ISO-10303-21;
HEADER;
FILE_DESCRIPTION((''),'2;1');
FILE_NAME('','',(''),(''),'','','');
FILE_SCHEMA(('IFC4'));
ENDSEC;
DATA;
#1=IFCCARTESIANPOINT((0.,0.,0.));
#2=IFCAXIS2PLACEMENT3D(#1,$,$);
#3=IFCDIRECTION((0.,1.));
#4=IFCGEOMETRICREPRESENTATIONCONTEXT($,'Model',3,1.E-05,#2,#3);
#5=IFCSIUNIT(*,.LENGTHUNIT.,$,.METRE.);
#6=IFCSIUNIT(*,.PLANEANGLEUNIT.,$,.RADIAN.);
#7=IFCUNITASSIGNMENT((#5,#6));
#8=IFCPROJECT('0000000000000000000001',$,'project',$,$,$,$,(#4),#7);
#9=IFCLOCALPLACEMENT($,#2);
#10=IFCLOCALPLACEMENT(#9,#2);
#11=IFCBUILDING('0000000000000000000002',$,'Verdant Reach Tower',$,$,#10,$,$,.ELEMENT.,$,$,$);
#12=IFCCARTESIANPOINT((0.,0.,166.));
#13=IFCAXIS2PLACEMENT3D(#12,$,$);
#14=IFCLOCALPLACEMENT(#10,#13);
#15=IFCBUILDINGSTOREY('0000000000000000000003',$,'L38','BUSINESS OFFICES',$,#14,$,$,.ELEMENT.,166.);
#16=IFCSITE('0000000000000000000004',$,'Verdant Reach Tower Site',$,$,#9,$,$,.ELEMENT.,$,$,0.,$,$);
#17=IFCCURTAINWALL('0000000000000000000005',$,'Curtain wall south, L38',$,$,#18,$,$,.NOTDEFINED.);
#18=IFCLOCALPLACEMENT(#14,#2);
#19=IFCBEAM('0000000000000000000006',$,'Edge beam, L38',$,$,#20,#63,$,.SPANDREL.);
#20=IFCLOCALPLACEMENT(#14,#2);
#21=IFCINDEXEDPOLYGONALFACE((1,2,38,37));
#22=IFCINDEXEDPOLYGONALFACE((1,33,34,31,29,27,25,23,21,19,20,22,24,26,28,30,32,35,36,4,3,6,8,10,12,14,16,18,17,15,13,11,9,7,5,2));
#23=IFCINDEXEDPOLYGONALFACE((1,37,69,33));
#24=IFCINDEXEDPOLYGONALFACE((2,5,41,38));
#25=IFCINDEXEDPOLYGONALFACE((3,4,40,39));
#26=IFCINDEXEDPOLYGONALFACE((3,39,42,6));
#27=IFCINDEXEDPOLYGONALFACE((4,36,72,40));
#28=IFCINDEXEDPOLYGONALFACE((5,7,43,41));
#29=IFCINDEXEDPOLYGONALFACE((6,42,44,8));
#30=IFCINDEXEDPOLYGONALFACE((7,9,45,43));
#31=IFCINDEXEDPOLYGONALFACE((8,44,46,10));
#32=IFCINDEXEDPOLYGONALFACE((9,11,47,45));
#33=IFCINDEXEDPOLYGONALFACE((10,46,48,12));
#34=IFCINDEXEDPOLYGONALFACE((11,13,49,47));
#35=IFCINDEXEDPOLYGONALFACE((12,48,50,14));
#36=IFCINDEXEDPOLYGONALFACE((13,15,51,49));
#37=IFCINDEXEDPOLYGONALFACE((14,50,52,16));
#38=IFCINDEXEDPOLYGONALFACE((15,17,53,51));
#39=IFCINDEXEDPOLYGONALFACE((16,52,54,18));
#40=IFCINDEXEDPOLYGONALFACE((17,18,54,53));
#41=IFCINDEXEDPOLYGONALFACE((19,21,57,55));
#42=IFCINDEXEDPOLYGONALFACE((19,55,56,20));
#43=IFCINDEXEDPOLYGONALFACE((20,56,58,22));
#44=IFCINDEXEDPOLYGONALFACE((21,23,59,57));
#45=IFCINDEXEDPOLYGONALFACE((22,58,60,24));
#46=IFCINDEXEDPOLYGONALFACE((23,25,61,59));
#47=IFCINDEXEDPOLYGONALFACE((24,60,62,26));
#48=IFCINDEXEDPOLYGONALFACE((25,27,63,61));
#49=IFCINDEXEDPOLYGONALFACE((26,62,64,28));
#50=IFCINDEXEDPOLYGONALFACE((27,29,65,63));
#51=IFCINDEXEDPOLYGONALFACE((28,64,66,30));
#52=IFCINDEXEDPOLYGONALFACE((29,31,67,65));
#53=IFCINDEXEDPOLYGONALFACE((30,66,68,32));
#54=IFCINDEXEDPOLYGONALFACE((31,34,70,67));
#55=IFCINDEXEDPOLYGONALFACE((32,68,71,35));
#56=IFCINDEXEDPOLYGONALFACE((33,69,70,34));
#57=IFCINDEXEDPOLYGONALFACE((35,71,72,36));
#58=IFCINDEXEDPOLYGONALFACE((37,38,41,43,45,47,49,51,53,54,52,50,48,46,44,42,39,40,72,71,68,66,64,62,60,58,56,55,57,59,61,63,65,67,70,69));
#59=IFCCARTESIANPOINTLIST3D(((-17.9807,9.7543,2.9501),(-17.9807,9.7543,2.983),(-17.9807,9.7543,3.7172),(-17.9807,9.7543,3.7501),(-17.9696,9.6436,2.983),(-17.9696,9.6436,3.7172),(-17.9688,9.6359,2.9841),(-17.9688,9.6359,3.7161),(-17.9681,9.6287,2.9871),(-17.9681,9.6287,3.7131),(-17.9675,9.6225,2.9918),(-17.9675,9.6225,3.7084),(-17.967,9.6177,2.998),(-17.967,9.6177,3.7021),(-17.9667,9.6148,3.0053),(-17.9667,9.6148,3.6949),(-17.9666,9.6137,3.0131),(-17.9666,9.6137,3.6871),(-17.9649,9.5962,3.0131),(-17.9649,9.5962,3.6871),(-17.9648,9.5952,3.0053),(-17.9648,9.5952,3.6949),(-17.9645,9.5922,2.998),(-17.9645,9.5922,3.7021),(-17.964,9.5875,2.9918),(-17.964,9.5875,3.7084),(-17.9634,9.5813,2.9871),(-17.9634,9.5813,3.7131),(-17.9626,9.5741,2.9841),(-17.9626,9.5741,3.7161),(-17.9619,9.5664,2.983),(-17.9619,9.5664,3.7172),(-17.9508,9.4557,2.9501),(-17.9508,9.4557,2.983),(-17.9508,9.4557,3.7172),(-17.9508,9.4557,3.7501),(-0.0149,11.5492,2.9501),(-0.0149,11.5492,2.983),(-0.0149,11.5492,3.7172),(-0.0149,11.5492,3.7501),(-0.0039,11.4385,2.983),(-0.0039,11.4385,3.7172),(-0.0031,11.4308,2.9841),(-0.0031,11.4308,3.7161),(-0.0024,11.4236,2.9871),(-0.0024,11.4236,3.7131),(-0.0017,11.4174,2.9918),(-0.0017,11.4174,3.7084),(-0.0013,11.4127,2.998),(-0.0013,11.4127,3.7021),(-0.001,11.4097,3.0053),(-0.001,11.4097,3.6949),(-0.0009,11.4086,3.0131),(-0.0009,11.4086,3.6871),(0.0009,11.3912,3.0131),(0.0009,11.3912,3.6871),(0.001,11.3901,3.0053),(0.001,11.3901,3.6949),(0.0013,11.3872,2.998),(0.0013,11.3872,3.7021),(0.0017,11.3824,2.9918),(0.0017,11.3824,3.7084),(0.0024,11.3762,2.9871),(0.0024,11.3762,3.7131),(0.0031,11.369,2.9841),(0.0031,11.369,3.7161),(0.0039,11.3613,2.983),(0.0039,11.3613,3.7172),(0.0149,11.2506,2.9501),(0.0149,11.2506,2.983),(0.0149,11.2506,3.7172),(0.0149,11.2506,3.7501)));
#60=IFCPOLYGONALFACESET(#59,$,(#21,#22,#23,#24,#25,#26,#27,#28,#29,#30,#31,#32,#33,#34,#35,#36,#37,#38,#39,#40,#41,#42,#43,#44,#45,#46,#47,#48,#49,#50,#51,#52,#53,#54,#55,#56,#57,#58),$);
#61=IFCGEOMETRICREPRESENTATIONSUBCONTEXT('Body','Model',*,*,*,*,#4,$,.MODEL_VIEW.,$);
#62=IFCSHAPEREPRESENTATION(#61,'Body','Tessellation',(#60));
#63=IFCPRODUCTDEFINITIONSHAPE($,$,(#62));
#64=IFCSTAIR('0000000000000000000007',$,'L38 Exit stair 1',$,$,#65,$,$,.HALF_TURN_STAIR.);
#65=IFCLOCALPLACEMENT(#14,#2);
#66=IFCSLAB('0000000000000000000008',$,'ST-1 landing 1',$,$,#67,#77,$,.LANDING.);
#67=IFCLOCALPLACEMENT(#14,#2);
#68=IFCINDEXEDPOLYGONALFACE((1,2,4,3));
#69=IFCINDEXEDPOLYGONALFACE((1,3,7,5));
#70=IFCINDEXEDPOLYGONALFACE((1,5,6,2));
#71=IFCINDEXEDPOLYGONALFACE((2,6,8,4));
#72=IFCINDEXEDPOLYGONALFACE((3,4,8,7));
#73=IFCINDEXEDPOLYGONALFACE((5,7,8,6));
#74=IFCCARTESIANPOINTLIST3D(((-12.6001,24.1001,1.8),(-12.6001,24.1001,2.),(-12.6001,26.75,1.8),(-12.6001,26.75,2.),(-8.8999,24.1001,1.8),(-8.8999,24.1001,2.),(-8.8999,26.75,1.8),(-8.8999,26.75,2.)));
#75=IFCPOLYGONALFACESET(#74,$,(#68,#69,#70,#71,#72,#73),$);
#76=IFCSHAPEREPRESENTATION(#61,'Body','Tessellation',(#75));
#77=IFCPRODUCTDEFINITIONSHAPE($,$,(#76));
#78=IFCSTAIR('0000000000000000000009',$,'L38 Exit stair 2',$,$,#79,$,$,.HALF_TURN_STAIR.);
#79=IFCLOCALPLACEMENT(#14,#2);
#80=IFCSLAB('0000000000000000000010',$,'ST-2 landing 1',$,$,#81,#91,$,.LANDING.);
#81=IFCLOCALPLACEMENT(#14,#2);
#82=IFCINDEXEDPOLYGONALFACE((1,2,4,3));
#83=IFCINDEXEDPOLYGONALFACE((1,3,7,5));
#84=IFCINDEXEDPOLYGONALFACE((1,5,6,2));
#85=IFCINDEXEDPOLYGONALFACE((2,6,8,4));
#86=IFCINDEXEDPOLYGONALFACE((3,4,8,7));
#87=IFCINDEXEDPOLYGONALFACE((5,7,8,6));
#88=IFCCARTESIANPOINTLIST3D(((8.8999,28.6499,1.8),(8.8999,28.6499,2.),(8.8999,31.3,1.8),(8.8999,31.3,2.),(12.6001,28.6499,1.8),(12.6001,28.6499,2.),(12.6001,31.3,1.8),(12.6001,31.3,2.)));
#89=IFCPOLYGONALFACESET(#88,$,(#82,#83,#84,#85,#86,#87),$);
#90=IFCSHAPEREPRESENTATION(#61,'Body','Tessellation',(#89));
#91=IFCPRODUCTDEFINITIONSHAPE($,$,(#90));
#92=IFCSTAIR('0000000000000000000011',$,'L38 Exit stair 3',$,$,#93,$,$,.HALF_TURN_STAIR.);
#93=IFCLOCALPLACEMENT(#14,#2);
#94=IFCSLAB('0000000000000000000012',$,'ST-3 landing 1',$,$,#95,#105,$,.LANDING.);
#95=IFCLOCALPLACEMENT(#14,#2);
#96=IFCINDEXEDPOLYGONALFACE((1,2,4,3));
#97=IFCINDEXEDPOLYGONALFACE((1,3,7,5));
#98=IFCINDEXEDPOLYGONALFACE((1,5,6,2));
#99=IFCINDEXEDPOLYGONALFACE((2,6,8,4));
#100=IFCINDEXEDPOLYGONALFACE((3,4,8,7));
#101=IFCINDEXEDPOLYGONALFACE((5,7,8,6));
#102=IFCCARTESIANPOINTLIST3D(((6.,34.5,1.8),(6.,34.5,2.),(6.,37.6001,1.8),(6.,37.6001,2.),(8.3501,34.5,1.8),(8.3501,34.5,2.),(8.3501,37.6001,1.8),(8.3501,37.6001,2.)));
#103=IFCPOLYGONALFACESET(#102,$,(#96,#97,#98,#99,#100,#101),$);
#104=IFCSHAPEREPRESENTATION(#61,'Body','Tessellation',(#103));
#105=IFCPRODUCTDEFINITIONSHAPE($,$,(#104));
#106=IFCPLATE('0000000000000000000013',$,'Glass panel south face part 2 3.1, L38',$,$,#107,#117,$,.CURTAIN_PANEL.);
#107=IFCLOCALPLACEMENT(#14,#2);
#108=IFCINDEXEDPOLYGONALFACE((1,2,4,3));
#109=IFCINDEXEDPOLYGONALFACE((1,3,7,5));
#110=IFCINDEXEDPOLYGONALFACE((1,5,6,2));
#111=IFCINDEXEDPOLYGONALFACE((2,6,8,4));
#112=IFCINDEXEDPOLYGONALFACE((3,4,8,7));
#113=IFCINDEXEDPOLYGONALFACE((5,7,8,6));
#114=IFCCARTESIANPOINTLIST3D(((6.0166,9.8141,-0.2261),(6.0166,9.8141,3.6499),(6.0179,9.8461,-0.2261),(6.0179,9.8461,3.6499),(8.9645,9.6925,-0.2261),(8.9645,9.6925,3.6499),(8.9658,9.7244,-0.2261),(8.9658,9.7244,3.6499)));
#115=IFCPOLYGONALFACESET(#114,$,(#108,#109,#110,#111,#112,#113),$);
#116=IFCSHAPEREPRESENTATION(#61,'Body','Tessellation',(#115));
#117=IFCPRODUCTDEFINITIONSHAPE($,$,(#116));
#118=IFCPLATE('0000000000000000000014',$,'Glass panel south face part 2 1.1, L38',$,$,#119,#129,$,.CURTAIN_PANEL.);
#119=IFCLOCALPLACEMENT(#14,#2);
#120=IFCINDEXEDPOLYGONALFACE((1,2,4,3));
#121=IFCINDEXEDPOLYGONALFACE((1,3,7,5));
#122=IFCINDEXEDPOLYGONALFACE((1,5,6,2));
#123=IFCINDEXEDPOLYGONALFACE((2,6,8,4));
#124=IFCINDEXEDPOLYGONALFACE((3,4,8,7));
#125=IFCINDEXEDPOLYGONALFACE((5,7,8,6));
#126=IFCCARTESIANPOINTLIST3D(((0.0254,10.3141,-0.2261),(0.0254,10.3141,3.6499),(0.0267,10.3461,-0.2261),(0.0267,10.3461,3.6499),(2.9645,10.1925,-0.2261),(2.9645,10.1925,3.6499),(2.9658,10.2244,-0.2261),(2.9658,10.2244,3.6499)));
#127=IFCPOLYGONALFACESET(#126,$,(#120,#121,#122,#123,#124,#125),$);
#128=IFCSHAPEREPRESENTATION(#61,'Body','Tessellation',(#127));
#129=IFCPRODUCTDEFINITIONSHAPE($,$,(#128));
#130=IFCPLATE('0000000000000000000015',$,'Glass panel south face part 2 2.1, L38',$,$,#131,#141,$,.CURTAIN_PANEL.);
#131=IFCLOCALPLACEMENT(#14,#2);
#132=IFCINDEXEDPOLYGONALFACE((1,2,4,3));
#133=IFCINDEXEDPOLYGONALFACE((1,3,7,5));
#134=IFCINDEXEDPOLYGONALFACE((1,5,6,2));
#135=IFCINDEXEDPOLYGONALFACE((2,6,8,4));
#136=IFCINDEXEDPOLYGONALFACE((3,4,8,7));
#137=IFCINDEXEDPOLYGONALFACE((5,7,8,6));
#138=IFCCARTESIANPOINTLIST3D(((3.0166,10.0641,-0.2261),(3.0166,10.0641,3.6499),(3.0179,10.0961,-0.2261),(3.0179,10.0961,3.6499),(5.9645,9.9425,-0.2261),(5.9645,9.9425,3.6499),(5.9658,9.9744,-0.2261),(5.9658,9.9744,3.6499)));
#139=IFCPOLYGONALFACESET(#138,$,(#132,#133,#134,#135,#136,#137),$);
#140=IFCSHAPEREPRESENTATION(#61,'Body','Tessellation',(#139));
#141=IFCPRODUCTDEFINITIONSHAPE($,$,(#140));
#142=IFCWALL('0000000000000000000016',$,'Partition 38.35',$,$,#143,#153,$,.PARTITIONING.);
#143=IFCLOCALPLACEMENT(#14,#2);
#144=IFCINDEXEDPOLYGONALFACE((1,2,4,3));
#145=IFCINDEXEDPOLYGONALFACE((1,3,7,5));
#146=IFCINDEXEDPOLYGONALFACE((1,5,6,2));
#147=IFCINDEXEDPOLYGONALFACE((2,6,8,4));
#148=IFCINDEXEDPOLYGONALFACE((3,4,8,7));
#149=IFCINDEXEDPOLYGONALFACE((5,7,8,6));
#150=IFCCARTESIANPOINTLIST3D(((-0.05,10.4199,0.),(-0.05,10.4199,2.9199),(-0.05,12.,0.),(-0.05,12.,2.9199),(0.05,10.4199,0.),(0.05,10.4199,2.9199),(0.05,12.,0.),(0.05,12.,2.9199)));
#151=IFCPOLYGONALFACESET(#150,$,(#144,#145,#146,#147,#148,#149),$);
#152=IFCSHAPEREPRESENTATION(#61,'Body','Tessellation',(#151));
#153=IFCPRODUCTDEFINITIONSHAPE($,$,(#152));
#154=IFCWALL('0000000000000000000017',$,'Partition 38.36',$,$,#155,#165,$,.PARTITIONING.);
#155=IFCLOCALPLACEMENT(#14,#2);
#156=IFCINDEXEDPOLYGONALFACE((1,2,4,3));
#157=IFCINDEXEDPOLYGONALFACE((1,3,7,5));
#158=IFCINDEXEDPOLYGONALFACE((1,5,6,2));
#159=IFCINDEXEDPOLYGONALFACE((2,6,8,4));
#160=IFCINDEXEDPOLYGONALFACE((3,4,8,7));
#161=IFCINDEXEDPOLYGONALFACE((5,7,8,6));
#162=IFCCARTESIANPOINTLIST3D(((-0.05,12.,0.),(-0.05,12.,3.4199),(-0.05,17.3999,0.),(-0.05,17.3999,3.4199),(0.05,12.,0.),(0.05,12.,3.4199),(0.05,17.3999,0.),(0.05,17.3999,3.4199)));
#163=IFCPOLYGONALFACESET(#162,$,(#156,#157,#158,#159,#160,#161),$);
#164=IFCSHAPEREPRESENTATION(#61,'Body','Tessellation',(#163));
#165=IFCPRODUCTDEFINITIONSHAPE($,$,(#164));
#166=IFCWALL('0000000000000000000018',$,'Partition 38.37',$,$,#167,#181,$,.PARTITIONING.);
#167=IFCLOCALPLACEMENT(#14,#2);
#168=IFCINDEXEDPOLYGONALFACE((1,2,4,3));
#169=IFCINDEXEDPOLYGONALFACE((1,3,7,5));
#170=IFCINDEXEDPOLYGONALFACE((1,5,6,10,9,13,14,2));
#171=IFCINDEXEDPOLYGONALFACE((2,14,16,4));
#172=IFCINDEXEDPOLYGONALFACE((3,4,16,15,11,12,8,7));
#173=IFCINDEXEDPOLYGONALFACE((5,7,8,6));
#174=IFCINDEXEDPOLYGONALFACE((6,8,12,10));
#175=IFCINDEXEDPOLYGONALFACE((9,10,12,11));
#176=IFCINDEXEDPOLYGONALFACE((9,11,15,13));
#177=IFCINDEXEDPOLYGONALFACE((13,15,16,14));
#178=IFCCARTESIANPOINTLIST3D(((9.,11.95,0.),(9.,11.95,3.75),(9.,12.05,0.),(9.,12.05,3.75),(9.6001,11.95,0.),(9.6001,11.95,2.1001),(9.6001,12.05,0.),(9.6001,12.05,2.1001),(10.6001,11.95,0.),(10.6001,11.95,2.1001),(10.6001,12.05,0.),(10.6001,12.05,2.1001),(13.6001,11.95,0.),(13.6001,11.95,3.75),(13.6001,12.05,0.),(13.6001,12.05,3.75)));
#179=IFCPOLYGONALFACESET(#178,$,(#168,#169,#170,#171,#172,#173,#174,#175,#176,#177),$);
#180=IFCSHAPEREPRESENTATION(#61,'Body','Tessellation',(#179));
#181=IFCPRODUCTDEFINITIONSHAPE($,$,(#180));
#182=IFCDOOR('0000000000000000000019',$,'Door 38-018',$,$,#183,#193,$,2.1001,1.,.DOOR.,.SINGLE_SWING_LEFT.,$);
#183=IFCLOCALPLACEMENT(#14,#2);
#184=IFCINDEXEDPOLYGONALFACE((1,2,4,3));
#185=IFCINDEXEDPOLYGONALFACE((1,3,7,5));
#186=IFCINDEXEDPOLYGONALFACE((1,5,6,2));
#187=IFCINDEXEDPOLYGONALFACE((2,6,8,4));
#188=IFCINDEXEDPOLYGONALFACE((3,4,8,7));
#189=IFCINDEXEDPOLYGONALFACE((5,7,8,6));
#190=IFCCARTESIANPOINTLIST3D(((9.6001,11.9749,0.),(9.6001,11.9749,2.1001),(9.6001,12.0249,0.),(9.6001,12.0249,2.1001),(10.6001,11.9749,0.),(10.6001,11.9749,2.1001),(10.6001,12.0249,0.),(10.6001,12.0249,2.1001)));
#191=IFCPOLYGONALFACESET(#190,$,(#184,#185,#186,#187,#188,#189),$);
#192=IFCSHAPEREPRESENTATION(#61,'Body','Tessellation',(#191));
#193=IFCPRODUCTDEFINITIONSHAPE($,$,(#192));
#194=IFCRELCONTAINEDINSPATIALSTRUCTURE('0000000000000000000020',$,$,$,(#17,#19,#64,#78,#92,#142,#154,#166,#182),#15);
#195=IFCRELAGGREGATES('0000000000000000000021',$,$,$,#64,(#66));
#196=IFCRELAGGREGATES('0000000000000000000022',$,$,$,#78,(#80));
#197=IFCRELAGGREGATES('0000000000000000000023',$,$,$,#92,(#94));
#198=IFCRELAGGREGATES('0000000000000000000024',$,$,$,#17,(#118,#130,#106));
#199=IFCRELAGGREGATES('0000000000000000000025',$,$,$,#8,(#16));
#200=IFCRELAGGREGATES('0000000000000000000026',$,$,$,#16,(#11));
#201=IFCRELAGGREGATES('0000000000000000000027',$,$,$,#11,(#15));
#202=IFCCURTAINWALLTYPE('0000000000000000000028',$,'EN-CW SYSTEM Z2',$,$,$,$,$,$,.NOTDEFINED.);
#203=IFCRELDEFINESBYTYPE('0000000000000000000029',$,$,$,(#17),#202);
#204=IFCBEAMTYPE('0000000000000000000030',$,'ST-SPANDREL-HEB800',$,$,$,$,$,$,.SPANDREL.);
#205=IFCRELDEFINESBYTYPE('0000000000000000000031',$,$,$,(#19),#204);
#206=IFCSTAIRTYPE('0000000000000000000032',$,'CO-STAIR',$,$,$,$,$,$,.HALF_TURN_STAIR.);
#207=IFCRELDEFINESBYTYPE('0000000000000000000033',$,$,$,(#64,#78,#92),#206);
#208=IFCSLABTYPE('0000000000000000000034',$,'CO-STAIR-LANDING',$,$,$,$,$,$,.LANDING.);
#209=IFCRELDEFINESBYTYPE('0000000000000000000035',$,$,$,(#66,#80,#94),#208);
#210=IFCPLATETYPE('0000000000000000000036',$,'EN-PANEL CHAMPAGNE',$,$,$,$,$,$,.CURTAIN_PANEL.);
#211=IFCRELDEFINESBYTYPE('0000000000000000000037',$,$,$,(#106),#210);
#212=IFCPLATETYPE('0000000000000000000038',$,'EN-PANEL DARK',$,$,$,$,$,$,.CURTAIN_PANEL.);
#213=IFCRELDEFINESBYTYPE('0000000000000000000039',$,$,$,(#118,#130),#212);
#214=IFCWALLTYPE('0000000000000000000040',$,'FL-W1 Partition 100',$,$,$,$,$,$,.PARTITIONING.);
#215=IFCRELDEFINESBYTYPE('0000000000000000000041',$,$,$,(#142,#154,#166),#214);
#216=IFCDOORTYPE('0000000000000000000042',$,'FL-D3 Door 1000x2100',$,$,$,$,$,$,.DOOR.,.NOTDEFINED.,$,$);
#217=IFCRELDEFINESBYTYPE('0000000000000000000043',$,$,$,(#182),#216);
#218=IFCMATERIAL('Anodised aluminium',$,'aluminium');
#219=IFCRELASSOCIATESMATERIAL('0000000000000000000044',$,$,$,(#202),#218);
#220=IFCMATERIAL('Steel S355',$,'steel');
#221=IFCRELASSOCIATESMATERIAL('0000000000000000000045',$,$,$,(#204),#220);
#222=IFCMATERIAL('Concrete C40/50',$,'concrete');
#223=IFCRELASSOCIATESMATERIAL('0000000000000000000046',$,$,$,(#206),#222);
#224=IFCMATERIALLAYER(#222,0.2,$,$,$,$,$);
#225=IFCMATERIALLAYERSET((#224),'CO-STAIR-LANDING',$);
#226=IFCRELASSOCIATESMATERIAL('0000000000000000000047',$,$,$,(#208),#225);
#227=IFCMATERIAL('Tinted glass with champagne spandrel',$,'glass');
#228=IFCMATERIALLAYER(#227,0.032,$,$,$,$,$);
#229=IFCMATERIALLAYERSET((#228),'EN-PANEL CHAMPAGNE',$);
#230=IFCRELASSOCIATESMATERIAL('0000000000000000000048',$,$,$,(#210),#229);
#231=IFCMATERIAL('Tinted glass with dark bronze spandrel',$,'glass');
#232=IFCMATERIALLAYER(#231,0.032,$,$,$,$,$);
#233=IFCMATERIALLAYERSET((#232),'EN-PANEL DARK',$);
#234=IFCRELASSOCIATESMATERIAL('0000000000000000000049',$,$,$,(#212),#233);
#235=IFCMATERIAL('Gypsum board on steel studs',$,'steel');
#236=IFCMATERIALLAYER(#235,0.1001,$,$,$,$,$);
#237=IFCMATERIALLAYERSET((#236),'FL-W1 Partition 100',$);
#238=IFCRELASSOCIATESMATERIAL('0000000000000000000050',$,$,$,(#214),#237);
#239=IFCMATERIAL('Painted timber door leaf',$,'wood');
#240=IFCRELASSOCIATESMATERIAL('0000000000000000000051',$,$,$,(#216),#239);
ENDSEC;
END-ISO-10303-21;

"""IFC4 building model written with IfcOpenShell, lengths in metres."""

from ifc_helpers import new_model, si_unit, direction, frame, frame_2d, origin, origin_2d, place, context, subcontext, project, spatial, polyline, rectangle, i_section, outline, extrude, material, layer, layer_set, material_profile, profile_set, type_object, element, fill, aggregate, save


model = new_model("IFC4")

# Units and contexts
model_context = context("Model", 3, precision=1e-05, world=origin(), true_north=direction((0.0, 1.0)))
body_context = subcontext(model_context, "Body", "Model", "MODEL_VIEW")
ifc_project = project(units=[si_unit("LENGTHUNIT", "METRE"), si_unit("PLANEANGLEUNIT", "RADIAN")], contexts=[model_context])

# Site, building, storey
site_placement = place(None, origin())
site = spatial("IfcSite", under=ifc_project, at=site_placement, Name="Verdant Reach Tower Site", CompositionType="ELEMENT", RefElevation=0.0)
building_placement = place(site_placement, origin())
building = spatial("IfcBuilding", under=site, at=building_placement, Name="Verdant Reach Tower", CompositionType="ELEMENT")
storey_placement = place(building_placement, frame((0.0, 0.0, 166.0)))
storey = spatial("IfcBuildingStorey", under=building, at=storey_placement, Name="L38", Description="BUSINESS OFFICES", CompositionType="ELEMENT", Elevation=166.0)

# Curtain wall
ifc_material_1 = material(Name="Anodised aluminium", Category="aluminium")
curtain_wall_type = type_object("IfcCurtainWallType", Name="EN-CW SYSTEM Z2", PredefinedType="NOTDEFINED", material=ifc_material_1)
curtain_wall_placement = place(storey_placement, origin())
curtain_wall = element("IfcCurtainWall", 1, at=curtain_wall_placement, inside=storey, type_object=curtain_wall_type, Name="Curtain wall south, L38", PredefinedType="NOTDEFINED")

# Beam
ifc_material_2 = material(Name="Steel S355", Category="steel")
ifc_material_profile_1 = material_profile(ifc_material_2, i_section(OverallWidth=0.3, OverallDepth=0.8, WebThickness=0.0176, FlangeThickness=0.033, FilletRadius=0.03, at=origin_2d()), Name="HEB 800")
ifc_profile_set_1 = profile_set([ifc_material_profile_1], Name="Steel S355")
beam_type_1 = type_object("IfcBeamType", Name="ST-SPANDREL-HEB800", PredefinedType="SPANDREL", material=ifc_profile_set_1)
beam_1_placement = place(storey_placement, frame((0.0, 11.3999, 3.3501), z_axis=(-0.995046, -0.099413, 0.0), x_axis=(0.099413, -0.995046, 0.0)))
element("IfcBeam", 2, at=beam_1_placement, inside=storey, type_object=beam_type_1, Name="Edge beam, L38", PredefinedType="SPANDREL", context=body_context, shape_type="SweptSolid", body=[
    extrude(i_section(OverallWidth=0.3, OverallDepth=0.8, WebThickness=0.0176, FlangeThickness=0.033, FilletRadius=0.03, at=origin_2d()), origin(), (0.0, 0.0, 1.0), 18.0552),
])

# Stairs, slabs
ifc_material_3 = material(Name="Concrete C40/50", Category="concrete")
stair_type = type_object("IfcStairType", Name="CO-STAIR", PredefinedType="HALF_TURN_STAIR", material=ifc_material_3)
stair_1_placement = place(storey_placement, origin())
stair_1 = element("IfcStair", 3, at=stair_1_placement, inside=storey, type_object=stair_type, Name="L38 Exit stair 1", PredefinedType="HALF_TURN_STAIR")
ifc_layer_1 = layer(ifc_material_3, 0.2)
ifc_layer_set_1 = layer_set([ifc_layer_1], Name="CO-STAIR-LANDING")
slab_type = type_object("IfcSlabType", Name="CO-STAIR-LANDING", PredefinedType="LANDING", material=ifc_layer_set_1)
slab_1_placement = place(storey_placement, frame((0.0, 0.0, 1.8)))
slab_1 = element("IfcSlab", 4, at=slab_1_placement, type_object=slab_type, Name="ST-1 landing 1", PredefinedType="LANDING", context=body_context, shape_type="SweptSolid", body=[
    extrude(outline(polyline([(-12.6001, 26.75), (-12.6001, 24.1001), (-8.8999, 24.1001), (-8.8999, 26.75), (-12.6001, 26.75)])), origin(), (0.0, 0.0, 1.0), 0.2),
])
aggregate(stair_1, [slab_1])
stair_2_placement = place(storey_placement, origin())
stair_2 = element("IfcStair", 5, at=stair_2_placement, inside=storey, type_object=stair_type, Name="L38 Exit stair 2", PredefinedType="HALF_TURN_STAIR")
slab_2_placement = place(storey_placement, frame((0.0, 0.0, 1.8)))
slab_2 = element("IfcSlab", 6, at=slab_2_placement, type_object=slab_type, Name="ST-2 landing 1", PredefinedType="LANDING", context=body_context, shape_type="SweptSolid", body=[
    extrude(outline(polyline([(12.6001, 28.6499), (12.6001, 31.3), (8.8999, 31.3), (8.8999, 28.6499), (12.6001, 28.6499)])), origin(), (0.0, 0.0, 1.0), 0.2),
])
aggregate(stair_2, [slab_2])
stair_3_placement = place(storey_placement, origin())
stair_3 = element("IfcStair", 7, at=stair_3_placement, inside=storey, type_object=stair_type, Name="L38 Exit stair 3", PredefinedType="HALF_TURN_STAIR")
slab_3_placement = place(storey_placement, frame((0.0, 0.0, 1.8)))
slab_3 = element("IfcSlab", 8, at=slab_3_placement, type_object=slab_type, Name="ST-3 landing 1", PredefinedType="LANDING", context=body_context, shape_type="SweptSolid", body=[
    extrude(outline(polyline([(8.3501, 37.6001), (6.0, 37.6001), (6.0, 34.5), (8.3501, 34.5), (8.3501, 37.6001)])), origin(), (0.0, 0.0, 1.0), 0.2),
])
aggregate(stair_3, [slab_3])

# Plates
ifc_material_4 = material(Name="Tinted glass with champagne spandrel", Category="glass")
ifc_layer_2 = layer(ifc_material_4, 0.032)
ifc_layer_set_2 = layer_set([ifc_layer_2], Name="EN-PANEL CHAMPAGNE")
plate_type_1 = type_object("IfcPlateType", Name="EN-PANEL CHAMPAGNE", PredefinedType="CURTAIN_PANEL", material=ifc_layer_set_2)
plate_1_placement = place(storey_placement, frame((7.4912, 9.7693, -0.2261), z_axis=(0.0, 0.0, 1.0), x_axis=(0.999149, -0.041242, 0.0)))
plate_1 = element("IfcPlate", 9, at=plate_1_placement, type_object=plate_type_1, Name="Glass panel south face part 2 3.1, L38", PredefinedType="CURTAIN_PANEL", context=body_context, shape_type="SweptSolid", body=[
    extrude(rectangle(XDim=2.9504, YDim=0.032, at=origin_2d()), origin(), (0.0, 0.0, 1.0), 3.876),
])
ifc_material_5 = material(Name="Tinted glass with dark bronze spandrel", Category="glass")
ifc_layer_3 = layer(ifc_material_5, 0.032)
ifc_layer_set_3 = layer_set([ifc_layer_3], Name="EN-PANEL DARK")
plate_type_2 = type_object("IfcPlateType", Name="EN-PANEL DARK", PredefinedType="CURTAIN_PANEL", material=ifc_layer_set_3)
plate_2_placement = place(storey_placement, frame((1.4956, 10.2693, -0.2261), z_axis=(0.0, 0.0, 1.0), x_axis=(0.999144, -0.041364, 0.0)))
plate_2 = element("IfcPlate", 10, at=plate_2_placement, type_object=plate_type_2, Name="Glass panel south face part 2 1.1, L38", PredefinedType="CURTAIN_PANEL", context=body_context, shape_type="SweptSolid", body=[
    extrude(rectangle(XDim=2.9417, YDim=0.032, at=origin_2d()), origin(), (0.0, 0.0, 1.0), 3.876),
])
plate_3_placement = place(storey_placement, frame((4.4912, 10.0193, -0.2261), z_axis=(0.0, 0.0, 1.0), x_axis=(0.999149, -0.041242, 0.0)))
plate_3 = element("IfcPlate", 11, at=plate_3_placement, type_object=plate_type_2, Name="Glass panel south face part 2 2.1, L38", PredefinedType="CURTAIN_PANEL", context=body_context, shape_type="SweptSolid", body=[
    extrude(rectangle(XDim=2.9504, YDim=0.032, at=origin_2d()), origin(), (0.0, 0.0, 1.0), 3.876),
])
aggregate(curtain_wall, [plate_2, plate_3, plate_1])

# Walls
ifc_material_6 = material(Name="Gypsum board on steel studs", Category="steel")
ifc_layer_4 = layer(ifc_material_6, 0.1001)
ifc_layer_set_4 = layer_set([ifc_layer_4], Name="FL-W1 Partition 100")
wall_type = type_object("IfcWallType", Name="FL-W1 Partition 100", PredefinedType="PARTITIONING", material=ifc_layer_set_4)
wall_1_placement = place(storey_placement, frame((0.0, 10.4199, 0.0), z_axis=(0.0, 0.0, 1.0), x_axis=(0.0, 1.0, 0.0)))
element("IfcWall", 12, at=wall_1_placement, inside=storey, type_object=wall_type, Name="Partition 38.35", PredefinedType="PARTITIONING", context=body_context, shape_type="SweptSolid", body=[
    extrude(rectangle(XDim=1.5801, YDim=0.1001, at=frame_2d((0.79, 0.0))), origin(), (0.0, 0.0, 1.0), 2.9199),
])
wall_2_placement = place(storey_placement, frame((0.0, 12.0, 0.0), z_axis=(0.0, 0.0, 1.0), x_axis=(0.0, 1.0, 0.0)))
element("IfcWall", 13, at=wall_2_placement, inside=storey, type_object=wall_type, Name="Partition 38.36", PredefinedType="PARTITIONING", context=body_context, shape_type="SweptSolid", body=[
    extrude(rectangle(XDim=5.3999, YDim=0.1001, at=frame_2d((2.7, 0.0))), origin(), (0.0, 0.0, 1.0), 3.4199),
])

# Wall, opening, door
wall_3_placement = place(storey_placement, frame((9.0, 12.0, 0.0), z_axis=(0.0, 0.0, 1.0), x_axis=(1.0, 0.0, 0.0)))
wall_3 = element("IfcWall", 14, at=wall_3_placement, inside=storey, type_object=wall_type, Name="Partition 38.37", PredefinedType="PARTITIONING", context=body_context, shape_type="SweptSolid", body=[
    extrude(rectangle(XDim=4.6001, YDim=0.1001, at=frame_2d((2.3, 0.0))), origin(), (0.0, 0.0, 1.0), 3.75),
])
opening_1_placement = place(wall_3_placement, frame((0.6001, 0.0, 0.0)))
opening_1 = element("IfcOpeningElement", 15, at=opening_1_placement, cuts=wall_3, PredefinedType="OPENING", context=body_context, shape_type="SweptSolid", body=[
    extrude(rectangle(XDim=1.0, YDim=2.1001, at=frame_2d((0.5, 1.05))), frame((0.0, 0.0601, 0.0), z_axis=(0.0, -1.0, 0.0), x_axis=(1.0, 0.0, 0.0)), (0.0, 0.0, 1.0), 0.1201),
])
ifc_material_7 = material(Name="Painted timber door leaf", Category="wood")
door_type = type_object("IfcDoorType", Name="FL-D3 Door 1000x2100", OperationType="NOTDEFINED", PredefinedType="DOOR", material=ifc_material_7)
door_1_placement = place(opening_1_placement, origin())
door_1 = element("IfcDoor", 16, at=door_1_placement, inside=storey, type_object=door_type, Name="Door 38-018", OperationType="SINGLE_SWING_LEFT", OverallHeight=2.1001, OverallWidth=1.0, PredefinedType="DOOR", context=body_context, shape_type="SweptSolid", body=[
    extrude(rectangle(XDim=1.0, YDim=2.1001, at=frame_2d((0.5, 1.05))), frame((0.0, 0.0249, 0.0), z_axis=(0.0, -1.0, 0.0), x_axis=(1.0, 0.0, 0.0)), (0.0, 0.0, 1.0), 0.05),
])
fill(opening_1, door_1)

save(model, "model.ifc")
